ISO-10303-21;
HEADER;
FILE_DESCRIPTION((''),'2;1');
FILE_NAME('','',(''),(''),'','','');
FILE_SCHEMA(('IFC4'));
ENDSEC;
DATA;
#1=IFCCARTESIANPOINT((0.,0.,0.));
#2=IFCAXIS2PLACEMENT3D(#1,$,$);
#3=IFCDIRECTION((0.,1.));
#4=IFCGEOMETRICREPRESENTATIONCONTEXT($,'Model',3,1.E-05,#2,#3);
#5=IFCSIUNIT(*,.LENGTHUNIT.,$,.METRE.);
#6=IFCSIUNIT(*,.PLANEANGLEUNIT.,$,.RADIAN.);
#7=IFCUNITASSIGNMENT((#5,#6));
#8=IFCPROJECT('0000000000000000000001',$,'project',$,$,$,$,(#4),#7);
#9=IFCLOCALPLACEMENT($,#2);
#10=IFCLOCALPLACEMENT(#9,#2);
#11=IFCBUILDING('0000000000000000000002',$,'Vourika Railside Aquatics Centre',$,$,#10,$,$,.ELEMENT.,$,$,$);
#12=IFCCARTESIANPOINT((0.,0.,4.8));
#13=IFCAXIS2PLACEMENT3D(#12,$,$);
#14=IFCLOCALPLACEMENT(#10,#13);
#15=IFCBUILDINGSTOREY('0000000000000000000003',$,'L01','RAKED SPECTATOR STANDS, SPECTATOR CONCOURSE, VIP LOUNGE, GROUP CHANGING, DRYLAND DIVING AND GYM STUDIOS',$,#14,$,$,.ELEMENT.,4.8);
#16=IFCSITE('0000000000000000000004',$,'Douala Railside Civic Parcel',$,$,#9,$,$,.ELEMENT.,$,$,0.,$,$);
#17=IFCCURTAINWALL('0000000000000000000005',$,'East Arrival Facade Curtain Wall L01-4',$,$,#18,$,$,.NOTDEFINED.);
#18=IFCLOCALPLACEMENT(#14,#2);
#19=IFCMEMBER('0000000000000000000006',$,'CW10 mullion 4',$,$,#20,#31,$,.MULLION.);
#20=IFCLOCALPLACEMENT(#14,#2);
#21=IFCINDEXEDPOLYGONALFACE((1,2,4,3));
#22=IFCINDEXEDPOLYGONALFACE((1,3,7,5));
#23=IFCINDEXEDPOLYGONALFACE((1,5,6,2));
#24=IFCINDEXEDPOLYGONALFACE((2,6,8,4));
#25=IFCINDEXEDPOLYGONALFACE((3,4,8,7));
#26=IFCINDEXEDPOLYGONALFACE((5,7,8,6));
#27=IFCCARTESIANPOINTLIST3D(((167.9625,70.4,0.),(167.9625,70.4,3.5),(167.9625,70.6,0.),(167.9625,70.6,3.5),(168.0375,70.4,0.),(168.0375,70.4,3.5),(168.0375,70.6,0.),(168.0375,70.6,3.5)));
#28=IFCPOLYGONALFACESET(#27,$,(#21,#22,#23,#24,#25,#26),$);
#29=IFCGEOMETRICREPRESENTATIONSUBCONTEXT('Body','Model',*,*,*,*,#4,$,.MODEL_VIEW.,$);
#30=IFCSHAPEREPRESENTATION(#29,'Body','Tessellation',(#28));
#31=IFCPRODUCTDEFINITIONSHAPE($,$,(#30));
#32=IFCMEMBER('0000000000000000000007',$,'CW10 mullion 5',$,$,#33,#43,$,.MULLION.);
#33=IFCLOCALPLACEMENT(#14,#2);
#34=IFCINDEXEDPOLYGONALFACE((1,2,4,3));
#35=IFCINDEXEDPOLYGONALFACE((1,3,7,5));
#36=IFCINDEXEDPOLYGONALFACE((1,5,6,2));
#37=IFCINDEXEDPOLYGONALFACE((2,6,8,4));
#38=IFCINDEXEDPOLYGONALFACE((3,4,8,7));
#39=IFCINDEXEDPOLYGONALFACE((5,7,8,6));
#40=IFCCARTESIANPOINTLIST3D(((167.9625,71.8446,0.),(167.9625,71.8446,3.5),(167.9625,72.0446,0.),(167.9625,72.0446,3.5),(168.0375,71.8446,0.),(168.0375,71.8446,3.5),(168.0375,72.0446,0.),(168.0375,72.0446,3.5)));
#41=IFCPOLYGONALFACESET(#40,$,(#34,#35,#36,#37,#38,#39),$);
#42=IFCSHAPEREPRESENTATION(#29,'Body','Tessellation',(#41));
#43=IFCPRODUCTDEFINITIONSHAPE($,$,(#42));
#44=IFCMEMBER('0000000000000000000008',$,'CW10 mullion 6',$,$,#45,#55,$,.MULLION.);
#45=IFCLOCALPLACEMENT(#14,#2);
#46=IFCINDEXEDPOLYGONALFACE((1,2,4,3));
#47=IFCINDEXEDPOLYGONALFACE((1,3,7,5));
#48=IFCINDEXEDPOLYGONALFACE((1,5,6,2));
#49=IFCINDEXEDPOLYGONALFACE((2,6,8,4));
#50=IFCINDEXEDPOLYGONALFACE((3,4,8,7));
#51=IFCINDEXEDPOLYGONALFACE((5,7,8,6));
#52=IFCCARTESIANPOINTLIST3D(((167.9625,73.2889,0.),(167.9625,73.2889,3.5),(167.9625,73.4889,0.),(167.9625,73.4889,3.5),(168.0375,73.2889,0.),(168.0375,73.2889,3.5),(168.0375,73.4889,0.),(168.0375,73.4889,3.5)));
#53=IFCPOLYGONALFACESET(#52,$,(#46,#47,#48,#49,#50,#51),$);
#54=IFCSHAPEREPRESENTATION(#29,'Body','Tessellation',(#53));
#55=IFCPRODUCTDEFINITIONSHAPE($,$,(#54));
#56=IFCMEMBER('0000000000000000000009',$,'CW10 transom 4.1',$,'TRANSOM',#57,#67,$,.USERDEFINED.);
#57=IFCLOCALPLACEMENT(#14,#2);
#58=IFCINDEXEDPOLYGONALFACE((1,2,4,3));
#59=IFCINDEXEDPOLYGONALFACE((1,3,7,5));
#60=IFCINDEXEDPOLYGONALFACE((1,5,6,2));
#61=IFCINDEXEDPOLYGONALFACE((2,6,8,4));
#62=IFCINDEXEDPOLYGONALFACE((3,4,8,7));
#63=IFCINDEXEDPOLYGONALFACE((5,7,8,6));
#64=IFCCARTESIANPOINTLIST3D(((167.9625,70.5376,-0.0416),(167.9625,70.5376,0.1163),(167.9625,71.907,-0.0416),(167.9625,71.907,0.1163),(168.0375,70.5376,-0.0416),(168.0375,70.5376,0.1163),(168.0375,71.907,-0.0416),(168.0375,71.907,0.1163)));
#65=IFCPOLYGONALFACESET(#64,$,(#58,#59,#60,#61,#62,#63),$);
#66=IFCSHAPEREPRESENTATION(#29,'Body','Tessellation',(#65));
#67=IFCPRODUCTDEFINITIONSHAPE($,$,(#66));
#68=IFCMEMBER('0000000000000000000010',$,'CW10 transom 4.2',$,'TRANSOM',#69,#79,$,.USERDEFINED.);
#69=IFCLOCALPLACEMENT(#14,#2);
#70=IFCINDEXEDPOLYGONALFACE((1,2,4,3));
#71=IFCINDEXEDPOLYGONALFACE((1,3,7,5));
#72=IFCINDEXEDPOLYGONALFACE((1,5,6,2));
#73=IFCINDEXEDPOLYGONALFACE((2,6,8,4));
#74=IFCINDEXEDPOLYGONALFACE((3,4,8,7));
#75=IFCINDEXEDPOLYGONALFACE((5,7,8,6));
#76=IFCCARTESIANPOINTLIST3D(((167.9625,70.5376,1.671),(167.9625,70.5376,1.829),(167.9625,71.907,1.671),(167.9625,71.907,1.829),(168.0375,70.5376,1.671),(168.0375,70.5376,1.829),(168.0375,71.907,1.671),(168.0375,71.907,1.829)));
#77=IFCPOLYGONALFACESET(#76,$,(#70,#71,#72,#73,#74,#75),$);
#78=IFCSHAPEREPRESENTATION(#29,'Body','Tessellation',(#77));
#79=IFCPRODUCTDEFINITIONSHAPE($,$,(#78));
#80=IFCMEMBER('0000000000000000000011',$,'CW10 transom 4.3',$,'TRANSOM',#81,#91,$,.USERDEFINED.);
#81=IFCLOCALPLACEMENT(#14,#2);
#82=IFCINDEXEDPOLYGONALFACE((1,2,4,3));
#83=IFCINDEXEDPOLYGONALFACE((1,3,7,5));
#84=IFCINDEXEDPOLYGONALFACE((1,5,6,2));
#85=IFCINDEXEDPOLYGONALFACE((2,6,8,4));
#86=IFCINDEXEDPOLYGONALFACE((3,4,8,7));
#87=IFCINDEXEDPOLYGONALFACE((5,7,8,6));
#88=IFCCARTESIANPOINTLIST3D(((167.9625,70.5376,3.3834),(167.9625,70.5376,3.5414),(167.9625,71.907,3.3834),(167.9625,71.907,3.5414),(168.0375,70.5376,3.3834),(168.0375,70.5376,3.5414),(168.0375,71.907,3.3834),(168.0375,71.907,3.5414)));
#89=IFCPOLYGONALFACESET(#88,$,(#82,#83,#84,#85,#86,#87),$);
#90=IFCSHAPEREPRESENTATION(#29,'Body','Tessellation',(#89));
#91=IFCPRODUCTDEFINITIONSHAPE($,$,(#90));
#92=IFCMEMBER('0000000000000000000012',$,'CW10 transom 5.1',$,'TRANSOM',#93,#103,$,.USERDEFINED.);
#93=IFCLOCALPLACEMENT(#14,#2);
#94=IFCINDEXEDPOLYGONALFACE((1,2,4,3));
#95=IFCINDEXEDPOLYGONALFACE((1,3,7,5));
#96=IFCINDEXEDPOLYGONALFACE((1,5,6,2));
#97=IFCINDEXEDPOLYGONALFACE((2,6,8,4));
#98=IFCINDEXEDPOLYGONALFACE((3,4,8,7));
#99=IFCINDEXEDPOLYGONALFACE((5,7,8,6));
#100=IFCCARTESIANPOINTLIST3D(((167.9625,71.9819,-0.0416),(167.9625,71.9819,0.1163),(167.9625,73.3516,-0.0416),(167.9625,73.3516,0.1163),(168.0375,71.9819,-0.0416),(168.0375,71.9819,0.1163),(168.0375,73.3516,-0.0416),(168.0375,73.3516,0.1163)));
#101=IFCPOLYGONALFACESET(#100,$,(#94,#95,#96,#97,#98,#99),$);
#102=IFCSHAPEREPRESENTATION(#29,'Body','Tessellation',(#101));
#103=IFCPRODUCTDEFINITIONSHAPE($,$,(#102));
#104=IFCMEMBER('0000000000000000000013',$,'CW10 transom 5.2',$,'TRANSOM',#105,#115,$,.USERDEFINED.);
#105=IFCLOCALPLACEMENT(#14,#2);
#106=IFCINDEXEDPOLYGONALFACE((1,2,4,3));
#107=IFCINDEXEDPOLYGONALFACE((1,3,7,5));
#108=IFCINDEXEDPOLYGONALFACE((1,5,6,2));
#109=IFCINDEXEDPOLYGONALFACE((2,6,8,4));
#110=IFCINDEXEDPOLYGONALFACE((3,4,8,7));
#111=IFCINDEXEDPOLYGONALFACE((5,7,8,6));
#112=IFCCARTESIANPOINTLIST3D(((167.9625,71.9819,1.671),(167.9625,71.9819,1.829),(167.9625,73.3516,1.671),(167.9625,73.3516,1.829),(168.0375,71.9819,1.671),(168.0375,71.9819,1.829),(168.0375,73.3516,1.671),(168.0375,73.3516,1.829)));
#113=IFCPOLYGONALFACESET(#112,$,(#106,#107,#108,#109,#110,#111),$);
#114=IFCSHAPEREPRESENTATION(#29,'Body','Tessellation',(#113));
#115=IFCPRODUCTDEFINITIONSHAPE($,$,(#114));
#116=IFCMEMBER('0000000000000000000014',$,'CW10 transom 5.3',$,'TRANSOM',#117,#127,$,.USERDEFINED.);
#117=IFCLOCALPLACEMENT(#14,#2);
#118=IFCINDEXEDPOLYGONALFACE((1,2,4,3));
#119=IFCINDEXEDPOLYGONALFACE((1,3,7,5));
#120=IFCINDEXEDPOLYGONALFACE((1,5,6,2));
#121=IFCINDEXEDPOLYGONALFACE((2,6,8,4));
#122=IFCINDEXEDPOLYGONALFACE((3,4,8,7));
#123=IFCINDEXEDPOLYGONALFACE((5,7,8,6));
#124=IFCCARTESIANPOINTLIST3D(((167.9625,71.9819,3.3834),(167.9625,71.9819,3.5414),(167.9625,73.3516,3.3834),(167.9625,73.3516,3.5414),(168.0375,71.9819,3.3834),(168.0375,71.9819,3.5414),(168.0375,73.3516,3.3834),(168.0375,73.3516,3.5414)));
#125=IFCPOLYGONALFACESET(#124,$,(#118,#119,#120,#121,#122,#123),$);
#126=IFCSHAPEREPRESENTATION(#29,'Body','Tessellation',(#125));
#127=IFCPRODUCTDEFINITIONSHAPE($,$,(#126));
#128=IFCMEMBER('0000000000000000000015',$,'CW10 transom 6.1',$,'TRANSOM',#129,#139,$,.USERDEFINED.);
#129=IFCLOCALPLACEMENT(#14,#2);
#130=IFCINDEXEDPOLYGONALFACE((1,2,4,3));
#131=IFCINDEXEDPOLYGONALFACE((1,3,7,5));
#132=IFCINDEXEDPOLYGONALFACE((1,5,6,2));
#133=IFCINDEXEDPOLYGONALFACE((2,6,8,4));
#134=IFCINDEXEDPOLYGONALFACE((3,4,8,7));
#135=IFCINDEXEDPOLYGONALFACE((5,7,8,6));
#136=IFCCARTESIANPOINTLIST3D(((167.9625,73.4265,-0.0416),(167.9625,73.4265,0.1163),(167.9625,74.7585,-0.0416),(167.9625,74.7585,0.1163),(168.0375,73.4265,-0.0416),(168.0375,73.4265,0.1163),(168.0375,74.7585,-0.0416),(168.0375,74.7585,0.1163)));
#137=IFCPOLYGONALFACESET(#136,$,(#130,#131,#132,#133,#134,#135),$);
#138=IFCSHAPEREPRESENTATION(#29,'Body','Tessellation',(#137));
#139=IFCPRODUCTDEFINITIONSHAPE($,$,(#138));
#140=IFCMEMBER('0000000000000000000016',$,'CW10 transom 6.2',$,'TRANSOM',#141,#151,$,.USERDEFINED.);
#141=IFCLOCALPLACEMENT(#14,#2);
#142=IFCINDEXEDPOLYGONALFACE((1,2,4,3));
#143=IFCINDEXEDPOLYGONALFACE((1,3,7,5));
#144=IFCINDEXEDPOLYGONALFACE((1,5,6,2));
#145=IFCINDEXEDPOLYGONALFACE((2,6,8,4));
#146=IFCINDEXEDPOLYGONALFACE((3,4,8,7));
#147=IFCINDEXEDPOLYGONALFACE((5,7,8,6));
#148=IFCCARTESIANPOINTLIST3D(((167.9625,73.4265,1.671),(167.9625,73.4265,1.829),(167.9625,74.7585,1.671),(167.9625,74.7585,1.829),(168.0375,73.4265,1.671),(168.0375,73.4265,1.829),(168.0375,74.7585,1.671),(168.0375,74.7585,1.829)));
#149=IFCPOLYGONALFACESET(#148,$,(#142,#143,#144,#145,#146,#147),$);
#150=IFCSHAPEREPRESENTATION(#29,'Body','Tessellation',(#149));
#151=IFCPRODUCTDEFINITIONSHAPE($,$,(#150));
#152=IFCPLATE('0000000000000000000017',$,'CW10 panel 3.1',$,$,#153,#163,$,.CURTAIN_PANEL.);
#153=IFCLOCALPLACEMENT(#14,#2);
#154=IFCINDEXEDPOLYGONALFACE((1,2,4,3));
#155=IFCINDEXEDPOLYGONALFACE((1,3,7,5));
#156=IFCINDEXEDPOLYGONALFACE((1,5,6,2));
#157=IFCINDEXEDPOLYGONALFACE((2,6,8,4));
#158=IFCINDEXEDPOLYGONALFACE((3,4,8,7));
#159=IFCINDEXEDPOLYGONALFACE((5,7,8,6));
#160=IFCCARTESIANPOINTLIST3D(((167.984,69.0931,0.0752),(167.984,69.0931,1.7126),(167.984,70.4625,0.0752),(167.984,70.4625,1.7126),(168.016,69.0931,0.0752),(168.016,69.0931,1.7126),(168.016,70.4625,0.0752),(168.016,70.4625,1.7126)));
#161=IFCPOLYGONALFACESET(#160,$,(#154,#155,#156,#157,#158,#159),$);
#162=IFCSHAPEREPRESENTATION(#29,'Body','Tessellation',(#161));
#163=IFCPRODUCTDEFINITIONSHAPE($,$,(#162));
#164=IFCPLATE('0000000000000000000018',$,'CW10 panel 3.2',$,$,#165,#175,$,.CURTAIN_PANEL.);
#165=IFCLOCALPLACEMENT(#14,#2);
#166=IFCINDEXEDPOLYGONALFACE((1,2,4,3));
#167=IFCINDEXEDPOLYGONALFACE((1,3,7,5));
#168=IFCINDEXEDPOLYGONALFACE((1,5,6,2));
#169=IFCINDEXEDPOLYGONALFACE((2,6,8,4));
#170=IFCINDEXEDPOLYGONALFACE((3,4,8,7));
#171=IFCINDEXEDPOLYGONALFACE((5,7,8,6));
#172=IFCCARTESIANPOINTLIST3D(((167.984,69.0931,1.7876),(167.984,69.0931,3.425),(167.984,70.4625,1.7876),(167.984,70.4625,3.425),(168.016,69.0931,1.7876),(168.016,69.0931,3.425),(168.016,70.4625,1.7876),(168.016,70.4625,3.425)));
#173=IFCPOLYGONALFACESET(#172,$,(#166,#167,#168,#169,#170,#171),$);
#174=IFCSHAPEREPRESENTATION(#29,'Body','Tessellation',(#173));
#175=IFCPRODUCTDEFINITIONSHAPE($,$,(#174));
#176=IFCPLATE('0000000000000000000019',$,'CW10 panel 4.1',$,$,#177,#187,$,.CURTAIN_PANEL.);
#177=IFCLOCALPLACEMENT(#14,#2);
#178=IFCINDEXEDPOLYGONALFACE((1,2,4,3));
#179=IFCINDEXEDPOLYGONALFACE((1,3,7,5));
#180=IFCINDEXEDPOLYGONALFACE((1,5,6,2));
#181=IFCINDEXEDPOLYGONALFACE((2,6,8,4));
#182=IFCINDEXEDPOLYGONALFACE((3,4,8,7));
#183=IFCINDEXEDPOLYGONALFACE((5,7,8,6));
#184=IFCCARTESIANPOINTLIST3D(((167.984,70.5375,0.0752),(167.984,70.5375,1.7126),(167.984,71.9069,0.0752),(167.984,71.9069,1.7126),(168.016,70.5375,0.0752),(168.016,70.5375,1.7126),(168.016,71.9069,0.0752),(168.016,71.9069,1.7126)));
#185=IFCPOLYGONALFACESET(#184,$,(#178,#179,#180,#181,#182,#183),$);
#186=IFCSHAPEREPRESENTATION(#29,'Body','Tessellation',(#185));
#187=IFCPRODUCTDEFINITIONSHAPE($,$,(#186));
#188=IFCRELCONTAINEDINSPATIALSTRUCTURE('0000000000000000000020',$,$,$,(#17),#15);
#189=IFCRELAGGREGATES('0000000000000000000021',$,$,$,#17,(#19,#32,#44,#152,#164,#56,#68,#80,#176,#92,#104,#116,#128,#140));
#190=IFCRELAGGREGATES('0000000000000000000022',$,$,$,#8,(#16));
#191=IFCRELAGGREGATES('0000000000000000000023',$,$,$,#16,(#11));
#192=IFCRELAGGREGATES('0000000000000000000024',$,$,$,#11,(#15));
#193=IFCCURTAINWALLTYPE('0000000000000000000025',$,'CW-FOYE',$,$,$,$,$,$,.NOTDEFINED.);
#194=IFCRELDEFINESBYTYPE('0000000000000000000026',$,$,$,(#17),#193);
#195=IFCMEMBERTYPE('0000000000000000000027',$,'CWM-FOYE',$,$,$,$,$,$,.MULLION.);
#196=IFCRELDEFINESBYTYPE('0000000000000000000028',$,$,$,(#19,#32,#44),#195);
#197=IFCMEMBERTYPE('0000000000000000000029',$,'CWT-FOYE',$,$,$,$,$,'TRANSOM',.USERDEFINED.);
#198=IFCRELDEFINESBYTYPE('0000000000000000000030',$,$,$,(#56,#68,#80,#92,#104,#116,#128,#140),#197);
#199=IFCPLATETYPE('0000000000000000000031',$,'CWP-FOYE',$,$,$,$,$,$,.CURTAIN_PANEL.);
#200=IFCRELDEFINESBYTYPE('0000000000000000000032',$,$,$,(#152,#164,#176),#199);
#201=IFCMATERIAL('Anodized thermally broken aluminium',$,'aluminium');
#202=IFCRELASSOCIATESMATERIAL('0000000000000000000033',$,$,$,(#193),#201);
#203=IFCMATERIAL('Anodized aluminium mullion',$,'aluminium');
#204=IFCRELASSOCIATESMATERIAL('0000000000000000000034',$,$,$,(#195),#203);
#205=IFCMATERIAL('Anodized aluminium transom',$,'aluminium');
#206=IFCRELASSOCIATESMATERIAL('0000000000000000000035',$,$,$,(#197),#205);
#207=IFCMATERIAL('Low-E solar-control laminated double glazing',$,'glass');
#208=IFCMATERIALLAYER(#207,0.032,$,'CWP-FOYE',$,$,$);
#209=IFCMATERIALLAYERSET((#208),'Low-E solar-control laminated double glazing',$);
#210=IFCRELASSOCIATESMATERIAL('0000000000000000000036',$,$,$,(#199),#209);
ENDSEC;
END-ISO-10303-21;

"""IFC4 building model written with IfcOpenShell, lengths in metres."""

from ifc_helpers import new_model, si_unit, direction, frame, origin, origin_2d, place, context, subcontext, project, spatial, rectangle, extrude, material, layer, layer_set, material_profile, profile_set, type_object, element, aggregate, save


model = new_model("IFC4")

# Units and contexts
model_context = context("Model", 3, precision=1e-05, world=origin(), true_north=direction((0.0, 1.0)))
body_context = subcontext(model_context, "Body", "Model", "MODEL_VIEW")
ifc_project = project(units=[si_unit("LENGTHUNIT", "METRE"), si_unit("PLANEANGLEUNIT", "RADIAN")], contexts=[model_context])

# Site, building, storey
site_placement = place(None, origin())
site = spatial("IfcSite", under=ifc_project, at=site_placement, Name="Douala Railside Civic Parcel", CompositionType="ELEMENT", RefElevation=0.0)
building_placement = place(site_placement, origin())
building = spatial("IfcBuilding", under=site, at=building_placement, Name="Vourika Railside Aquatics Centre", CompositionType="ELEMENT")
storey_placement = place(building_placement, frame((0.0, 0.0, 4.8)))
storey = spatial("IfcBuildingStorey", under=building, at=storey_placement, Name="L01", Description="RAKED SPECTATOR STANDS, SPECTATOR CONCOURSE, VIP LOUNGE, GROUP CHANGING, DRYLAND DIVING AND GYM STUDIOS", CompositionType="ELEMENT", Elevation=4.8)

# Curtain wall, members, plates
ifc_material_1 = material(Name="Anodized thermally broken aluminium", Category="aluminium")
curtain_wall_type = type_object("IfcCurtainWallType", Name="CW-FOYE", PredefinedType="NOTDEFINED", material=ifc_material_1)
curtain_wall_placement = place(storey_placement, origin())
curtain_wall = element("IfcCurtainWall", 1, at=curtain_wall_placement, inside=storey, type_object=curtain_wall_type, Name="East Arrival Facade Curtain Wall L01-4", PredefinedType="NOTDEFINED")
ifc_material_2 = material(Name="Anodized aluminium mullion", Category="aluminium")
ifc_material_profile_1 = material_profile(ifc_material_2, rectangle(XDim=0.075, YDim=0.2, at=origin_2d()), Name="ALU-M 75x200")
ifc_profile_set_1 = profile_set([ifc_material_profile_1], Name="Anodized aluminium mullion")
member_type_1 = type_object("IfcMemberType", Name="CWM-FOYE", PredefinedType="MULLION", material=ifc_profile_set_1)
member_1_placement = place(storey_placement, frame((168.0, 70.5, 0.0), z_axis=(0.0, 0.0, 1.0), x_axis=(-1.0, 0.0, 0.0)))
member_1 = element("IfcMember", 2, at=member_1_placement, type_object=member_type_1, Name="CW10 mullion 4", PredefinedType="MULLION", context=body_context, shape_type="SweptSolid", body=[
    extrude(rectangle(XDim=0.075, YDim=0.2, at=origin_2d()), origin(), (0.0, 0.0, 1.0), 3.5),
])
member_2_placement = place(storey_placement, frame((168.0, 71.9446, 0.0), z_axis=(0.0, 0.0, 1.0), x_axis=(-1.0, 0.0, 0.0)))
member_2 = element("IfcMember", 3, at=member_2_placement, type_object=member_type_1, Name="CW10 mullion 5", PredefinedType="MULLION", context=body_context, shape_type="SweptSolid", body=[
    extrude(rectangle(XDim=0.075, YDim=0.2, at=origin_2d()), origin(), (0.0, 0.0, 1.0), 3.5),
])
member_3_placement = place(storey_placement, frame((168.0, 73.3889, 0.0), z_axis=(0.0, 0.0, 1.0), x_axis=(-1.0, 0.0, 0.0)))
member_3 = element("IfcMember", 4, at=member_3_placement, type_object=member_type_1, Name="CW10 mullion 6", PredefinedType="MULLION", context=body_context, shape_type="SweptSolid", body=[
    extrude(rectangle(XDim=0.075, YDim=0.2, at=origin_2d()), origin(), (0.0, 0.0, 1.0), 3.5),
])
ifc_material_3 = material(Name="Anodized aluminium transom", Category="aluminium")
ifc_material_profile_2 = material_profile(ifc_material_3, rectangle(XDim=0.075, YDim=0.158, at=origin_2d()), Name="ALU-T 75x158")
ifc_profile_set_2 = profile_set([ifc_material_profile_2], Name="Anodized aluminium transom")
member_type_2 = type_object("IfcMemberType", Name="CWT-FOYE", ElementType="TRANSOM", PredefinedType="USERDEFINED", material=ifc_profile_set_2)
member_4_placement = place(storey_placement, frame((168.0, 70.5376, 0.0374), z_axis=(0.0, 1.0, 0.0), x_axis=(-1.0, 0.0, 0.0)))
member_4 = element("IfcMember", 5, at=member_4_placement, type_object=member_type_2, Name="CW10 transom 4.1", ObjectType="TRANSOM", PredefinedType="USERDEFINED", context=body_context, shape_type="SweptSolid", body=[
    extrude(rectangle(XDim=0.075, YDim=0.158, at=origin_2d()), origin(), (0.0, 0.0, 1.0), 1.3694),
])
member_5_placement = place(storey_placement, frame((168.0, 70.5376, 1.75), z_axis=(0.0, 1.0, 0.0), x_axis=(-1.0, 0.0, 0.0)))
member_5 = element("IfcMember", 6, at=member_5_placement, type_object=member_type_2, Name="CW10 transom 4.2", ObjectType="TRANSOM", PredefinedType="USERDEFINED", context=body_context, shape_type="SweptSolid", body=[
    extrude(rectangle(XDim=0.075, YDim=0.158, at=origin_2d()), origin(), (0.0, 0.0, 1.0), 1.3694),
])
member_6_placement = place(storey_placement, frame((168.0, 70.5376, 3.4624), z_axis=(0.0, 1.0, 0.0), x_axis=(-1.0, 0.0, 0.0)))
member_6 = element("IfcMember", 7, at=member_6_placement, type_object=member_type_2, Name="CW10 transom 4.3", ObjectType="TRANSOM", PredefinedType="USERDEFINED", context=body_context, shape_type="SweptSolid", body=[
    extrude(rectangle(XDim=0.075, YDim=0.158, at=origin_2d()), origin(), (0.0, 0.0, 1.0), 1.3694),
])
member_7_placement = place(storey_placement, frame((168.0, 71.9819, 0.0374), z_axis=(0.0, 1.0, 0.0), x_axis=(-1.0, 0.0, 0.0)))
member_7 = element("IfcMember", 8, at=member_7_placement, type_object=member_type_2, Name="CW10 transom 5.1", ObjectType="TRANSOM", PredefinedType="USERDEFINED", context=body_context, shape_type="SweptSolid", body=[
    extrude(rectangle(XDim=0.075, YDim=0.158, at=origin_2d()), origin(), (0.0, 0.0, 1.0), 1.3696),
])
member_8_placement = place(storey_placement, frame((168.0, 71.9819, 1.75), z_axis=(0.0, 1.0, 0.0), x_axis=(-1.0, 0.0, 0.0)))
member_8 = element("IfcMember", 9, at=member_8_placement, type_object=member_type_2, Name="CW10 transom 5.2", ObjectType="TRANSOM", PredefinedType="USERDEFINED", context=body_context, shape_type="SweptSolid", body=[
    extrude(rectangle(XDim=0.075, YDim=0.158, at=origin_2d()), origin(), (0.0, 0.0, 1.0), 1.3696),
])
member_9_placement = place(storey_placement, frame((168.0, 71.9819, 3.4624), z_axis=(0.0, 1.0, 0.0), x_axis=(-1.0, 0.0, 0.0)))
member_9 = element("IfcMember", 10, at=member_9_placement, type_object=member_type_2, Name="CW10 transom 5.3", ObjectType="TRANSOM", PredefinedType="USERDEFINED", context=body_context, shape_type="SweptSolid", body=[
    extrude(rectangle(XDim=0.075, YDim=0.158, at=origin_2d()), origin(), (0.0, 0.0, 1.0), 1.3696),
])
member_10_placement = place(storey_placement, frame((168.0, 73.4265, 0.0374), z_axis=(0.0, 1.0, 0.0), x_axis=(-1.0, 0.0, 0.0)))
member_10 = element("IfcMember", 11, at=member_10_placement, type_object=member_type_2, Name="CW10 transom 6.1", ObjectType="TRANSOM", PredefinedType="USERDEFINED", context=body_context, shape_type="SweptSolid", body=[
    extrude(rectangle(XDim=0.075, YDim=0.158, at=origin_2d()), origin(), (0.0, 0.0, 1.0), 1.332),
])
member_11_placement = place(storey_placement, frame((168.0, 73.4265, 1.75), z_axis=(0.0, 1.0, 0.0), x_axis=(-1.0, 0.0, 0.0)))
member_11 = element("IfcMember", 12, at=member_11_placement, type_object=member_type_2, Name="CW10 transom 6.2", ObjectType="TRANSOM", PredefinedType="USERDEFINED", context=body_context, shape_type="SweptSolid", body=[
    extrude(rectangle(XDim=0.075, YDim=0.158, at=origin_2d()), origin(), (0.0, 0.0, 1.0), 1.332),
])
ifc_material_4 = material(Name="Low-E solar-control laminated double glazing", Category="glass")
ifc_layer = layer(ifc_material_4, 0.032, Name="CWP-FOYE")
ifc_layer_set = layer_set([ifc_layer], Name="Low-E solar-control laminated double glazing")
plate_type = type_object("IfcPlateType", Name="CWP-FOYE", PredefinedType="CURTAIN_PANEL", material=ifc_layer_set)
plate_1_placement = place(storey_placement, frame((168.0, 69.7778, 0.0752), z_axis=(0.0, 0.0, 1.0), x_axis=(0.0, 1.0, 0.0)))
plate_1 = element("IfcPlate", 13, at=plate_1_placement, type_object=plate_type, Name="CW10 panel 3.1", PredefinedType="CURTAIN_PANEL", context=body_context, shape_type="SweptSolid", body=[
    extrude(rectangle(XDim=1.3694, YDim=0.032, at=origin_2d()), origin(), (0.0, 0.0, 1.0), 1.6375),
])
plate_2_placement = place(storey_placement, frame((168.0, 69.7778, 1.7876), z_axis=(0.0, 0.0, 1.0), x_axis=(0.0, 1.0, 0.0)))
plate_2 = element("IfcPlate", 14, at=plate_2_placement, type_object=plate_type, Name="CW10 panel 3.2", PredefinedType="CURTAIN_PANEL", context=body_context, shape_type="SweptSolid", body=[
    extrude(rectangle(XDim=1.3694, YDim=0.032, at=origin_2d()), origin(), (0.0, 0.0, 1.0), 1.6375),
])
plate_3_placement = place(storey_placement, frame((168.0, 71.2222, 0.0752), z_axis=(0.0, 0.0, 1.0), x_axis=(0.0, 1.0, 0.0)))
plate_3 = element("IfcPlate", 15, at=plate_3_placement, type_object=plate_type, Name="CW10 panel 4.1", PredefinedType="CURTAIN_PANEL", context=body_context, shape_type="SweptSolid", body=[
    extrude(rectangle(XDim=1.3694, YDim=0.032, at=origin_2d()), origin(), (0.0, 0.0, 1.0), 1.6375),
])
aggregate(curtain_wall, [member_1, member_2, member_3, plate_1, plate_2, member_4, member_5, member_6, plate_3, member_7, member_8, member_9, member_10, member_11])

save(model, "model.ifc")
